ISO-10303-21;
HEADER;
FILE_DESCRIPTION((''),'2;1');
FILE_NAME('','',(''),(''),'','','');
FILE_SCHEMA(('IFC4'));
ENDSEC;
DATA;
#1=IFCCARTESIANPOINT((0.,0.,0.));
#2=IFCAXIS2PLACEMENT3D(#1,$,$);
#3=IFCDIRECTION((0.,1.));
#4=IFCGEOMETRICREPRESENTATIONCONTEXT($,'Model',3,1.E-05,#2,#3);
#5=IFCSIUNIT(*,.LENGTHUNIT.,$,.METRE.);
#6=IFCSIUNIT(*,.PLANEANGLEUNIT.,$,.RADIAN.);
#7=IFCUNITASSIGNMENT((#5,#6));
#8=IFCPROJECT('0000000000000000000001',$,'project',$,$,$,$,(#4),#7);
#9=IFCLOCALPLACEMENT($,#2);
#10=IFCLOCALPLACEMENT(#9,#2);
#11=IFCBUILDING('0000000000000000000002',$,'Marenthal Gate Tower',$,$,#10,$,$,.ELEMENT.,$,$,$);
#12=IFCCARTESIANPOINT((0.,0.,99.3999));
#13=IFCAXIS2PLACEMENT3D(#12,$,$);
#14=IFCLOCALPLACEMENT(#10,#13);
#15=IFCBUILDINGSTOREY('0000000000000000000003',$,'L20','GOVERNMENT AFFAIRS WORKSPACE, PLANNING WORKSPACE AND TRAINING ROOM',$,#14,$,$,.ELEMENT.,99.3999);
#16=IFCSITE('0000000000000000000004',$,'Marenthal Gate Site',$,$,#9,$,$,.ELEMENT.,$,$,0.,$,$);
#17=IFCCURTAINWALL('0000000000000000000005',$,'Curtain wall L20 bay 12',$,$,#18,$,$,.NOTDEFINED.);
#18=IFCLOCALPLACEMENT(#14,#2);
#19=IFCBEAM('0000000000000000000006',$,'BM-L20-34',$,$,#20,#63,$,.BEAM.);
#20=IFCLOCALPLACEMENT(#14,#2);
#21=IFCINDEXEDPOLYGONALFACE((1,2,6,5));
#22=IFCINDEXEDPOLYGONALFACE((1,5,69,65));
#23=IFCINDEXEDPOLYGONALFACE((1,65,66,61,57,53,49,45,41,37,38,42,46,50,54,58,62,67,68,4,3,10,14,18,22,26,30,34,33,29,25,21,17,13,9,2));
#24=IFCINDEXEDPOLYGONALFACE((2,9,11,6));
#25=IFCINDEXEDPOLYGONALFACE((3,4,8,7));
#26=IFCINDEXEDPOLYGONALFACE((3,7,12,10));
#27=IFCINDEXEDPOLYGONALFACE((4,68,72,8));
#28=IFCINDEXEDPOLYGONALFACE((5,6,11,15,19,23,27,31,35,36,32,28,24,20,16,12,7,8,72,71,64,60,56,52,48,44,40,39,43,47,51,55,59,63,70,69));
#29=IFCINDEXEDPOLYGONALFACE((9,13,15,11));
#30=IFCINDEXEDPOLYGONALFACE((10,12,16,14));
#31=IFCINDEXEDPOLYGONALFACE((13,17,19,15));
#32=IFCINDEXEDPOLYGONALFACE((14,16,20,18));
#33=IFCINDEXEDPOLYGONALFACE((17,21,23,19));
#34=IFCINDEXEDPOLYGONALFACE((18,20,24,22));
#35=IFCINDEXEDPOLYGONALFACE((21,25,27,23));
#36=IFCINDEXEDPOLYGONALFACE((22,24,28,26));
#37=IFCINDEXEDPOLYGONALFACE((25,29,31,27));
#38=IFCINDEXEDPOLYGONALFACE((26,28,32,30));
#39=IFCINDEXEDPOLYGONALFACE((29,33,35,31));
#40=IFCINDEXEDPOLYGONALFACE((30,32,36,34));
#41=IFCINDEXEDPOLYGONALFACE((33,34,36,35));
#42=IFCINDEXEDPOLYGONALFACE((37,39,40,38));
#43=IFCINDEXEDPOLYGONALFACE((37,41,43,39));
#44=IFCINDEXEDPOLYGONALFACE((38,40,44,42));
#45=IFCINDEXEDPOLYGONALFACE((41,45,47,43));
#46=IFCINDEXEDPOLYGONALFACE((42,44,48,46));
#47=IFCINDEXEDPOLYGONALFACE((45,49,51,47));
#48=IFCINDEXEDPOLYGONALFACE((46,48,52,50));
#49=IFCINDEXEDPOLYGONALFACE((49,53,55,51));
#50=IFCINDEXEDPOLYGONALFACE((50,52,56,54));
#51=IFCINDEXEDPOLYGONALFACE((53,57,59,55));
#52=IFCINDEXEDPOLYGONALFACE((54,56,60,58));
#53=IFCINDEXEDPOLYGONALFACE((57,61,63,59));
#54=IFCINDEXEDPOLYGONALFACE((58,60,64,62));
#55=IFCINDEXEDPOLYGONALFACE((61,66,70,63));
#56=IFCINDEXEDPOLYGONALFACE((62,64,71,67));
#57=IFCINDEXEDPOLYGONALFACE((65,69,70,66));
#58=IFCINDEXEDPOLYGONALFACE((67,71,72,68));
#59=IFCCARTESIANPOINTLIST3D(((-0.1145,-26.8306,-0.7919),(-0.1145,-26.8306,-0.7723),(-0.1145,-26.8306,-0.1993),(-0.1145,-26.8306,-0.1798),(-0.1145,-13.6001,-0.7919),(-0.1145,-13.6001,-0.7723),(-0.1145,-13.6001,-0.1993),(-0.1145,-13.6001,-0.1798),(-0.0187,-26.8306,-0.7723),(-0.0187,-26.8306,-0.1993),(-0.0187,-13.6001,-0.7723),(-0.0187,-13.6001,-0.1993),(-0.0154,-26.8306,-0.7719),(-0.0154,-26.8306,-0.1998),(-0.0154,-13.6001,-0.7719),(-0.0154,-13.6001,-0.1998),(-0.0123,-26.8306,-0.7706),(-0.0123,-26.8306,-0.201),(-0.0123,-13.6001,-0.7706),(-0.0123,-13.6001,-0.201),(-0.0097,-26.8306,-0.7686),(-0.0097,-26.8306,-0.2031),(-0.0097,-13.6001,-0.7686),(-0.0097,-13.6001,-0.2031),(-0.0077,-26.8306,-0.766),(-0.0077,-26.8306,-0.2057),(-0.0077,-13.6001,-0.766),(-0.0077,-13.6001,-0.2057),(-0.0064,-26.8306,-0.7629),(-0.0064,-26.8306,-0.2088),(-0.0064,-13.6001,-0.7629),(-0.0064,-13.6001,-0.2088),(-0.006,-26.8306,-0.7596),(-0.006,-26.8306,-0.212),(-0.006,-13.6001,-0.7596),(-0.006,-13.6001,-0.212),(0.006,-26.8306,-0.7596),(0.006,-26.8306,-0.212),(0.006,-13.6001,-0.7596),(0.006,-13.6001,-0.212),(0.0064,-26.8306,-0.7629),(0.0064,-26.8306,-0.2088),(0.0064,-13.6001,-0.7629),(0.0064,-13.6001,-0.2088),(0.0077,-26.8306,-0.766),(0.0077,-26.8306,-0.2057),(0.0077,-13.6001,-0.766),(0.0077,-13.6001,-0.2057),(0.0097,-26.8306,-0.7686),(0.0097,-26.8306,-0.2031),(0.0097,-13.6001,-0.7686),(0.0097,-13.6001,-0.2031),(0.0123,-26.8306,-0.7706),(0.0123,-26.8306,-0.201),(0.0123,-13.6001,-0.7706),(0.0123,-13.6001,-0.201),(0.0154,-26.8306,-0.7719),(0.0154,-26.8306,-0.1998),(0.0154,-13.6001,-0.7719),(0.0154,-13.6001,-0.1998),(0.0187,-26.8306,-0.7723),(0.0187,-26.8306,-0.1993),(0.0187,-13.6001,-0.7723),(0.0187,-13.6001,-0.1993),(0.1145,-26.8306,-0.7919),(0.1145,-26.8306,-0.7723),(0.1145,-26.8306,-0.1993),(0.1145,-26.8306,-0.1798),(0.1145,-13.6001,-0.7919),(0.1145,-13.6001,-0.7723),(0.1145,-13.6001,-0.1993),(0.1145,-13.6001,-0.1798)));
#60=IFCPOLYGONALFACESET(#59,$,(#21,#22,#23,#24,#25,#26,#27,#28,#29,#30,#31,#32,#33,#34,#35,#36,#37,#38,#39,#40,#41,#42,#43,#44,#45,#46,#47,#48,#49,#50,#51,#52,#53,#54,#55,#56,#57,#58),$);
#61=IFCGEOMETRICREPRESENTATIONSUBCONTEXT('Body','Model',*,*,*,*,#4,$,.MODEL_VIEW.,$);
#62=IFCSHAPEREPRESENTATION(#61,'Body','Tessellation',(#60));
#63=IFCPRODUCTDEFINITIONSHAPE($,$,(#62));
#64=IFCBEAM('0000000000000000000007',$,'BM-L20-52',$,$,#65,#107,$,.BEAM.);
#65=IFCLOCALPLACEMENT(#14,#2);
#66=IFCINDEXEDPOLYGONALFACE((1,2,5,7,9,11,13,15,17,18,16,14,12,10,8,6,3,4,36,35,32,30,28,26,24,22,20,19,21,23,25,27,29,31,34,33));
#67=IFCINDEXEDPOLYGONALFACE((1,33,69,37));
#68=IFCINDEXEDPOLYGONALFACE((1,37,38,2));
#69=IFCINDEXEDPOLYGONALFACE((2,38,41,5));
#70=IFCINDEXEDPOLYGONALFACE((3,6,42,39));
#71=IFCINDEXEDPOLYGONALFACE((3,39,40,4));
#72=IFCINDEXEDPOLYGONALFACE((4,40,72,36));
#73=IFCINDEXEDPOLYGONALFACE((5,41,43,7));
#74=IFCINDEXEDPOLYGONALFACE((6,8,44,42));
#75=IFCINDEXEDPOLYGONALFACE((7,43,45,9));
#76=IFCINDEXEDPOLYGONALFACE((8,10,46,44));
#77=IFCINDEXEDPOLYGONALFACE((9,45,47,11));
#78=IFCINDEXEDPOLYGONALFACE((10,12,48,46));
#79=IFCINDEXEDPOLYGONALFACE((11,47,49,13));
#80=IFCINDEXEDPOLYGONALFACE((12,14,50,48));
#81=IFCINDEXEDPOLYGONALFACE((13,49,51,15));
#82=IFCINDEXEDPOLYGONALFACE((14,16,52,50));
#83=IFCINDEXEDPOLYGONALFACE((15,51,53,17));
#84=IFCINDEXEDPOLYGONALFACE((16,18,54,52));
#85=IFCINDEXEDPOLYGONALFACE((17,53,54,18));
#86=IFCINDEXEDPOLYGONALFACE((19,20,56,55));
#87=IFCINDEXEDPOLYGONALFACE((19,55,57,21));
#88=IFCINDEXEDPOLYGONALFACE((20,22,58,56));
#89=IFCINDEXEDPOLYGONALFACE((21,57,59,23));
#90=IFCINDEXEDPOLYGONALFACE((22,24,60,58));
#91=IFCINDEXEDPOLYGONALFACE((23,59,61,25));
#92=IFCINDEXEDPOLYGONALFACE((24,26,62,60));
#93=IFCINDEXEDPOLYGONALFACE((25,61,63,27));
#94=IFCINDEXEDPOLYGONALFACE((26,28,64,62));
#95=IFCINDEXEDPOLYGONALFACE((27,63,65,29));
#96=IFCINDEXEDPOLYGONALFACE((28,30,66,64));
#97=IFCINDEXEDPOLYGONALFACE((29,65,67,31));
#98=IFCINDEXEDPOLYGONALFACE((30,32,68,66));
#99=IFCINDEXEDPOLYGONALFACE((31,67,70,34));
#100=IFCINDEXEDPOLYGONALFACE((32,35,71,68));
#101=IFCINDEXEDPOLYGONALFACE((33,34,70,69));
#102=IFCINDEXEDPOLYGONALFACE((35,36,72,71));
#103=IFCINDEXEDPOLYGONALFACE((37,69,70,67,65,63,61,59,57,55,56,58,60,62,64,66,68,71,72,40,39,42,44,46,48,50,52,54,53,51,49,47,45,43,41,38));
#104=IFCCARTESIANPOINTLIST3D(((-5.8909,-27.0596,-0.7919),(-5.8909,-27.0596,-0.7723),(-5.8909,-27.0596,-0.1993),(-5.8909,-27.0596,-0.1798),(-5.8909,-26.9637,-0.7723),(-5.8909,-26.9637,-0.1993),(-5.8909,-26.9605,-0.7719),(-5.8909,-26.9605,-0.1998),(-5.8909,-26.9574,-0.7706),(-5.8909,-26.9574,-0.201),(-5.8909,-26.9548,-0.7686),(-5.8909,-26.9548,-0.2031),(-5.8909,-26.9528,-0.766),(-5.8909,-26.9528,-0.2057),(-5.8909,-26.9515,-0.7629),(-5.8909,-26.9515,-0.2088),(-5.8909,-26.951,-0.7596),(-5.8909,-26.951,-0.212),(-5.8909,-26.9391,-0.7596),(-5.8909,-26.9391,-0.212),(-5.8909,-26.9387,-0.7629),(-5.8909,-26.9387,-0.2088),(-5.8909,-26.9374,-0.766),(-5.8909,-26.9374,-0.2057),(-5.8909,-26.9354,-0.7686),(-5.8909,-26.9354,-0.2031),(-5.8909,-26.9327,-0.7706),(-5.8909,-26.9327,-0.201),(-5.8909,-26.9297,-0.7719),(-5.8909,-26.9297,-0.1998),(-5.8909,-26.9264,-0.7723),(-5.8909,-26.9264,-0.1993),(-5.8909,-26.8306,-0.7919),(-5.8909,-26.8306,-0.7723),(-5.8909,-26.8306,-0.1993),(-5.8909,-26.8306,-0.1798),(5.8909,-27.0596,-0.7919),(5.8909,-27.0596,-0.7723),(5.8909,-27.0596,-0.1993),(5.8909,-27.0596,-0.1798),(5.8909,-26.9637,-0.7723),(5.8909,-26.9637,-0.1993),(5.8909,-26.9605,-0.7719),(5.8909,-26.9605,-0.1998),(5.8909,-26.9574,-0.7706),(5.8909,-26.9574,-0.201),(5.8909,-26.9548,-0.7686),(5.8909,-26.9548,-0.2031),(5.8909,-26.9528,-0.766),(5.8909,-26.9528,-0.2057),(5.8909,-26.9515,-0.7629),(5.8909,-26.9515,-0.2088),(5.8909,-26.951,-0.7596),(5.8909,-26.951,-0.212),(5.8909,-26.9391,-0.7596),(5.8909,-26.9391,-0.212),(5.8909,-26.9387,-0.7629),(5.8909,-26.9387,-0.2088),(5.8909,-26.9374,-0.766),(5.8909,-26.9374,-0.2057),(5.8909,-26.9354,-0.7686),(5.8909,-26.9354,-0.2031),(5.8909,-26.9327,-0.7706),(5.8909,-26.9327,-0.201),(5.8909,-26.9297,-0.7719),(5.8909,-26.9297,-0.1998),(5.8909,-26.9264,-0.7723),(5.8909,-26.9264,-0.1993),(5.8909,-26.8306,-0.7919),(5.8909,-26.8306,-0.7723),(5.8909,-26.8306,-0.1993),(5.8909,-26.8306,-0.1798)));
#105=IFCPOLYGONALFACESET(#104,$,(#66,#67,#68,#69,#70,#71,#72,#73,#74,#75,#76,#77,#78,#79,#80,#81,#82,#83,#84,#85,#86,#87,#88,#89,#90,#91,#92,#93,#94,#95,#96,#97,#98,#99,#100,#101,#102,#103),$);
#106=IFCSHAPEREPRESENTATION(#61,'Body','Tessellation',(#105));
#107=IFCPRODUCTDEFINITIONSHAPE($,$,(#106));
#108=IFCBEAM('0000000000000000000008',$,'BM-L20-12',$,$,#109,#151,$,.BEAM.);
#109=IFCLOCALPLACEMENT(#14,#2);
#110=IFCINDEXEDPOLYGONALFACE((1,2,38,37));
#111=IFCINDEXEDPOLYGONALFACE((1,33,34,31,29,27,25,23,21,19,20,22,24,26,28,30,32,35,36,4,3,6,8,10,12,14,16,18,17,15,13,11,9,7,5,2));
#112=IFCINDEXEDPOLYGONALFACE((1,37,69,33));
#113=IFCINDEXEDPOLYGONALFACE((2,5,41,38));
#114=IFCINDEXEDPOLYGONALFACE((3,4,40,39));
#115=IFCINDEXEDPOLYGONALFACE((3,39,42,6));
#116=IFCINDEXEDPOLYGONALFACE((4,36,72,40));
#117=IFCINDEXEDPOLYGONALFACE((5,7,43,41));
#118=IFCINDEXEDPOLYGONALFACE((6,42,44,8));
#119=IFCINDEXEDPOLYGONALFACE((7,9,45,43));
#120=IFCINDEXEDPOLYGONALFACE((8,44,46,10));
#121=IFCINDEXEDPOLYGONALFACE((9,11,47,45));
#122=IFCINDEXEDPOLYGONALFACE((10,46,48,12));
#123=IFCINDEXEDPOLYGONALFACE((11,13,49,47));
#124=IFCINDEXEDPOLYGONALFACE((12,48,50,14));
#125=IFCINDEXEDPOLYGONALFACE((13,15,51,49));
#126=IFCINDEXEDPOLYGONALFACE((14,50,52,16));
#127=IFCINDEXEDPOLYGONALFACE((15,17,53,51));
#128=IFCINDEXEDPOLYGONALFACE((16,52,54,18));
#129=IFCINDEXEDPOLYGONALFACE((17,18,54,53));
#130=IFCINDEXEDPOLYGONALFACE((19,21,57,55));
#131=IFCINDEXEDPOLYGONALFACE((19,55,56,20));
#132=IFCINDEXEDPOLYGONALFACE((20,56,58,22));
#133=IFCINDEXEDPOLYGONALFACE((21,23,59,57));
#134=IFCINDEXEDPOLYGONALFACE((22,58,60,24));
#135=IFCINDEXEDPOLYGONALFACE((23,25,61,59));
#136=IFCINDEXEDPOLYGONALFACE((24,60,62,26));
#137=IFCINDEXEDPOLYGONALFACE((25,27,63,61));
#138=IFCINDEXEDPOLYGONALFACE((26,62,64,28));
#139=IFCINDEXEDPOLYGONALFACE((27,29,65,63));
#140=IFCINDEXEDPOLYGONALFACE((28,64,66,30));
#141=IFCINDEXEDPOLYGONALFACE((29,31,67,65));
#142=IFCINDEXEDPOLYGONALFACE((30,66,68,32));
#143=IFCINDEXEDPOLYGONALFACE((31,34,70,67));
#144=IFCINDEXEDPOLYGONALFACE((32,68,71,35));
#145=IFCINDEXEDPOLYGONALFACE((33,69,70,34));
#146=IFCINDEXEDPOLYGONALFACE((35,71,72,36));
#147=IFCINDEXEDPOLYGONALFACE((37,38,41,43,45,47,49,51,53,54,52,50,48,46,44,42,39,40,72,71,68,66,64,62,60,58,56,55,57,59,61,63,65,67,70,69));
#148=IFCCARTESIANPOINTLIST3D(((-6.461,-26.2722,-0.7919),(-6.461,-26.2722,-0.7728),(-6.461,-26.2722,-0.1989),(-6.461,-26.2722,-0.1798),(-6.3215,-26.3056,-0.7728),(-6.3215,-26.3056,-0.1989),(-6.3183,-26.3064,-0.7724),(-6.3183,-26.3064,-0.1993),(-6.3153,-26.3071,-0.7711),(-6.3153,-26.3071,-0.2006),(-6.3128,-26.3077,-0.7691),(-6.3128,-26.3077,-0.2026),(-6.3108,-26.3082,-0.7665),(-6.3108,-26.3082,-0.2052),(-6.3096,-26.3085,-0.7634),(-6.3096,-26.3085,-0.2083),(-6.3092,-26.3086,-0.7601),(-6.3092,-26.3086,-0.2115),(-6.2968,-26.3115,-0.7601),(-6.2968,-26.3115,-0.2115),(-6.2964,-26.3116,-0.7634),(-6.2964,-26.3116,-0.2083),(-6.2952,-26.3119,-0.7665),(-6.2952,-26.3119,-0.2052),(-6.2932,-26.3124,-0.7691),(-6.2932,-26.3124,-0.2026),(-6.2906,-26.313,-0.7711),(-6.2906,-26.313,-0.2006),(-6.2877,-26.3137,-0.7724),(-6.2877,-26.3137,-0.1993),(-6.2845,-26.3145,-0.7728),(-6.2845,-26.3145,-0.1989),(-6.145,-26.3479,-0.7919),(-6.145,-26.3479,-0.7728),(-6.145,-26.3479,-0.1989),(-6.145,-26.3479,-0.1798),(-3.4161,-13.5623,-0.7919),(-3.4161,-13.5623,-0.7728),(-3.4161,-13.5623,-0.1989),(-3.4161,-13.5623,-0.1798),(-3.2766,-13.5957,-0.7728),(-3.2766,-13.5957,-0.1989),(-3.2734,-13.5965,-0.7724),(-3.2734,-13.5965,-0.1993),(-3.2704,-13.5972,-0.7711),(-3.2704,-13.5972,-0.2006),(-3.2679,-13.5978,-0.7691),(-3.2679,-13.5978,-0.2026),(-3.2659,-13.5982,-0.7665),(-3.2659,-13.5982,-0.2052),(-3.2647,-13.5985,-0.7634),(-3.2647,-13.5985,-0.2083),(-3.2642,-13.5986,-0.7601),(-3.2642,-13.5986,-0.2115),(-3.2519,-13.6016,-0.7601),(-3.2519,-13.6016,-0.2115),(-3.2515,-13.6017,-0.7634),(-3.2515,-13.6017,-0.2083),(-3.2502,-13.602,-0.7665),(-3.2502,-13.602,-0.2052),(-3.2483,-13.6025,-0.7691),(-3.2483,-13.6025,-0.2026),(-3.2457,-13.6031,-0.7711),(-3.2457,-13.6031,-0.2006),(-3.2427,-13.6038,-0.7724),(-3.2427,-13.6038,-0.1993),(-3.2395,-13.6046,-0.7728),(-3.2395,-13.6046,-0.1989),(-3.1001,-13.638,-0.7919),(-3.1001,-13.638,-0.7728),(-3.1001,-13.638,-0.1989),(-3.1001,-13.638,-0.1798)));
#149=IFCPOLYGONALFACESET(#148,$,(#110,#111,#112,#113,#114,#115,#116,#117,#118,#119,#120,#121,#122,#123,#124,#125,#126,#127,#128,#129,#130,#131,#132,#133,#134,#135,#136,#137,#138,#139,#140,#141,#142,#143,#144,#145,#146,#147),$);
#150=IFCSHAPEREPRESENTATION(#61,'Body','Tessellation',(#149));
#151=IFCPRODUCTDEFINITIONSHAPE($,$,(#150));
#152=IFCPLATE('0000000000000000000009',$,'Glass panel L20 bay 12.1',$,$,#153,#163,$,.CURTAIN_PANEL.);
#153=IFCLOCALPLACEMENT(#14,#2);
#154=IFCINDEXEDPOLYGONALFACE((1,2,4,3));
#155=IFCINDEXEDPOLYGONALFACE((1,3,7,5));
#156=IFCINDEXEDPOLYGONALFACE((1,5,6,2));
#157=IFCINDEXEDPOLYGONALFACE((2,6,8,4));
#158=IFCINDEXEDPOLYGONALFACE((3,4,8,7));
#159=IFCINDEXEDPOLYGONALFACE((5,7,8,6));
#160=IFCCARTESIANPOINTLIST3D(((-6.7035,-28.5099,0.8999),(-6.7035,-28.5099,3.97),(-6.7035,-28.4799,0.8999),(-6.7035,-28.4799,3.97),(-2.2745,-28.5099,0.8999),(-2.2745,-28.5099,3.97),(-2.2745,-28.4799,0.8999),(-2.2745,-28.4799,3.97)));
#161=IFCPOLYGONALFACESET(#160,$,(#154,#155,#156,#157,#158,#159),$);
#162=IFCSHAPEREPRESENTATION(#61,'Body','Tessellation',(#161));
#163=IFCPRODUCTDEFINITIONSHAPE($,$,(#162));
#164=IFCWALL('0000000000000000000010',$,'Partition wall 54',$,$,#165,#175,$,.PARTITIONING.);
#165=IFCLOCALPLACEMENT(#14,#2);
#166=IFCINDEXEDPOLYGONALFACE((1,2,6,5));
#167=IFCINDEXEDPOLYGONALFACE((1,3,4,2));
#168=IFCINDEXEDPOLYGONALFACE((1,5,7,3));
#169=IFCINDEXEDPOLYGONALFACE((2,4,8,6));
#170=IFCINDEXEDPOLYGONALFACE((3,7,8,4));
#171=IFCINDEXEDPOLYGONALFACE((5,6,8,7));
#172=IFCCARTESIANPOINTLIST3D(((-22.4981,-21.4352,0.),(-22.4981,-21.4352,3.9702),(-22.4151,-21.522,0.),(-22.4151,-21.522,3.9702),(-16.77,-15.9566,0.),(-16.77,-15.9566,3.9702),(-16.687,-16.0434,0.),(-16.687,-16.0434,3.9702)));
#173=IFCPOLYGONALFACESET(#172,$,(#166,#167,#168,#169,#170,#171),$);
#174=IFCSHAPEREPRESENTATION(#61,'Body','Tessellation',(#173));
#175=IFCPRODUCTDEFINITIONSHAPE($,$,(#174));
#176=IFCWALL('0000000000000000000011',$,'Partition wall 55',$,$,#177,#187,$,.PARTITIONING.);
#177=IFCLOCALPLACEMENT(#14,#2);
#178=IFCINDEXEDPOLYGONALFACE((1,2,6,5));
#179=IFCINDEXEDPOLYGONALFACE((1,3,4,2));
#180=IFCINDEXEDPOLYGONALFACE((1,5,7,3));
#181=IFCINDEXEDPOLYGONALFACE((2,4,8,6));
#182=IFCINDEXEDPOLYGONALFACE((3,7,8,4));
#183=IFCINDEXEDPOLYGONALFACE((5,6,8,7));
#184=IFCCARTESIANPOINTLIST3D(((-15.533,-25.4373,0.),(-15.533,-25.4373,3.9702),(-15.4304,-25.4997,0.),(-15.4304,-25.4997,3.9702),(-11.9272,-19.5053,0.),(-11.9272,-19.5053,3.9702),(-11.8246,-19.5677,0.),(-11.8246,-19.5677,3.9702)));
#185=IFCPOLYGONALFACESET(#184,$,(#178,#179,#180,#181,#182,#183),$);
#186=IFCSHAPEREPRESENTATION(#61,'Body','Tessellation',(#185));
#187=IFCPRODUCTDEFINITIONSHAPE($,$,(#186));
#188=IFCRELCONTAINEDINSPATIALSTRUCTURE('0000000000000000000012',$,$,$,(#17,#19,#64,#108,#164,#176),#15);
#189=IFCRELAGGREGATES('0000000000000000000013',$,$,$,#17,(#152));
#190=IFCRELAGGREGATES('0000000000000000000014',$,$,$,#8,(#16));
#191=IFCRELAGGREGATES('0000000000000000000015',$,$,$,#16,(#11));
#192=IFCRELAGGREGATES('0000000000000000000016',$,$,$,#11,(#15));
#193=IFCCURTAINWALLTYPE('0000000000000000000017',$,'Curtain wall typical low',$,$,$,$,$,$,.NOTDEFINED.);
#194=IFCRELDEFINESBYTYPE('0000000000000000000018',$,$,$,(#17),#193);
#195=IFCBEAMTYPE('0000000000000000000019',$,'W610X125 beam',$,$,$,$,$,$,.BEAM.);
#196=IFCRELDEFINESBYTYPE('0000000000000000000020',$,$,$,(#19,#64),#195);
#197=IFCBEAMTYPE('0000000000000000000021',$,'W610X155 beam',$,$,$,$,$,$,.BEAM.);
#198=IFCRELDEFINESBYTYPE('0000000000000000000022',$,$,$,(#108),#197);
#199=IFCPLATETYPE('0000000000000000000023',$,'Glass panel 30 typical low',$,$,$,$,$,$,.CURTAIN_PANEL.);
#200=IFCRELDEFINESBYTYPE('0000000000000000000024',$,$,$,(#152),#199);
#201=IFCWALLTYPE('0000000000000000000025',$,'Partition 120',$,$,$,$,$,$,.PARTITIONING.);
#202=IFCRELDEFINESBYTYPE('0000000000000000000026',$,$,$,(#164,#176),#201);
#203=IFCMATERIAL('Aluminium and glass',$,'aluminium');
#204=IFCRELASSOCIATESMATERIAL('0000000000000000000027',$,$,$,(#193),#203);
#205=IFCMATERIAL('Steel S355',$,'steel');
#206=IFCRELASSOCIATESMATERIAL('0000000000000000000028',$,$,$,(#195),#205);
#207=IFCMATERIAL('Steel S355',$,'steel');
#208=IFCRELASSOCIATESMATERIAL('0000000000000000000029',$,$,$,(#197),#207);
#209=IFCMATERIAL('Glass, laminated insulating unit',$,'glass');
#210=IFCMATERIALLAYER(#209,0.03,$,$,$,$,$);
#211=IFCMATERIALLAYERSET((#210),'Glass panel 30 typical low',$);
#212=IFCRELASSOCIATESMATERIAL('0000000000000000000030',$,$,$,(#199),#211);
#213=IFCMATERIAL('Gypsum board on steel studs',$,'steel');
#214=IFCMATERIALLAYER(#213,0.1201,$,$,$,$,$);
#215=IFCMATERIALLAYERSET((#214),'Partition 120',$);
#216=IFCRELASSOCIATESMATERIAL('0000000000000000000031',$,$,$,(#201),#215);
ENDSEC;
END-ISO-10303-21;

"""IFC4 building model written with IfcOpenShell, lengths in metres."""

from ifc_helpers import new_model, si_unit, direction, frame, frame_2d, origin, origin_2d, place, context, subcontext, project, spatial, rectangle, i_section, extrude, material, layer, layer_set, material_profile, profile_set, type_object, element, aggregate, save


model = new_model("IFC4")

# Units and contexts
model_context = context("Model", 3, precision=1e-05, world=origin(), true_north=direction((0.0, 1.0)))
body_context = subcontext(model_context, "Body", "Model", "MODEL_VIEW")
ifc_project = project(units=[si_unit("LENGTHUNIT", "METRE"), si_unit("PLANEANGLEUNIT", "RADIAN")], contexts=[model_context])

# Site, building, storey
site_placement = place(None, origin())
site = spatial("IfcSite", under=ifc_project, at=site_placement, Name="Marenthal Gate Site", CompositionType="ELEMENT", RefElevation=0.0)
building_placement = place(site_placement, origin())
building = spatial("IfcBuilding", under=site, at=building_placement, Name="Marenthal Gate Tower", CompositionType="ELEMENT")
storey_placement = place(building_placement, frame((0.0, 0.0, 99.3999)))
storey = spatial("IfcBuildingStorey", under=building, at=storey_placement, Name="L20", Description="GOVERNMENT AFFAIRS WORKSPACE, PLANNING WORKSPACE AND TRAINING ROOM", CompositionType="ELEMENT", Elevation=99.3999)

# Curtain wall
ifc_material_1 = material(Name="Aluminium and glass", Category="aluminium")
curtain_wall_type = type_object("IfcCurtainWallType", Name="Curtain wall typical low", PredefinedType="NOTDEFINED", material=ifc_material_1)
curtain_wall_placement = place(storey_placement, origin())
curtain_wall = element("IfcCurtainWall", 1, at=curtain_wall_placement, inside=storey, type_object=curtain_wall_type, Name="Curtain wall L20 bay 12", PredefinedType="NOTDEFINED")

# Beams
ifc_material_2 = material(Name="Steel S355", Category="steel")
ifc_material_profile_1 = material_profile(ifc_material_2, i_section(OverallWidth=0.229, OverallDepth=0.6121, WebThickness=0.012, FlangeThickness=0.0195, FilletRadius=0.0127, at=origin_2d()), Name="W610X125")
ifc_profile_set_1 = profile_set([ifc_material_profile_1], Name="Steel S355")
beam_type_1 = type_object("IfcBeamType", Name="W610X125 beam", PredefinedType="BEAM", material=ifc_profile_set_1)
beam_1_placement = place(storey_placement, frame((0.0, -26.8306, -0.4858), z_axis=(0.0, 1.0, 0.0), x_axis=(-1.0, 0.0, 0.0)))
element("IfcBeam", 2, at=beam_1_placement, inside=storey, type_object=beam_type_1, Name="BM-L20-34", PredefinedType="BEAM", context=body_context, shape_type="SweptSolid", body=[
    extrude(i_section(OverallWidth=0.229, OverallDepth=0.6121, WebThickness=0.012, FlangeThickness=0.0195, FilletRadius=0.0127, at=origin_2d()), origin(), (0.0, 0.0, 1.0), 13.2305),
])
beam_2_placement = place(storey_placement, frame((-5.8909, -26.9451, -0.4858), z_axis=(1.0, 0.0, 0.0), x_axis=(0.0, 1.0, 0.0)))
element("IfcBeam", 3, at=beam_2_placement, inside=storey, type_object=beam_type_1, Name="BM-L20-52", PredefinedType="BEAM", context=body_context, shape_type="SweptSolid", body=[
    extrude(i_section(OverallWidth=0.229, OverallDepth=0.6121, WebThickness=0.012, FlangeThickness=0.0195, FilletRadius=0.0127, at=origin_2d()), origin(), (0.0, 0.0, 1.0), 11.7817),
])
ifc_material_3 = material(Name="Steel S355", Category="steel")
ifc_material_profile_2 = material_profile(ifc_material_3, i_section(OverallWidth=0.325, OverallDepth=0.6121, WebThickness=0.0127, FlangeThickness=0.019, FilletRadius=0.0127, at=origin_2d()), Name="W610X155")
ifc_profile_set_2 = profile_set([ifc_material_profile_2], Name="Steel S355")
beam_type_2 = type_object("IfcBeamType", Name="W610X155 beam", PredefinedType="BEAM", material=ifc_profile_set_2)
beam_3_placement = place(storey_placement, frame((-6.303, -26.3101, -0.4858), z_axis=(0.232977, 0.972482, 0.0), x_axis=(-0.972482, 0.232977, 0.0)))
element("IfcBeam", 4, at=beam_3_placement, inside=storey, type_object=beam_type_2, Name="BM-L20-12", PredefinedType="BEAM", context=body_context, shape_type="SweptSolid", body=[
    extrude(i_section(OverallWidth=0.325, OverallDepth=0.6121, WebThickness=0.0127, FlangeThickness=0.019, FilletRadius=0.0127, at=origin_2d()), origin(), (0.0, 0.0, 1.0), 13.0696),
])

# Plate
ifc_material_4 = material(Name="Glass, laminated insulating unit", Category="glass")
ifc_layer_1 = layer(ifc_material_4, 0.03)
ifc_layer_set_1 = layer_set([ifc_layer_1], Name="Glass panel 30 typical low")
plate_type = type_object("IfcPlateType", Name="Glass panel 30 typical low", PredefinedType="CURTAIN_PANEL", material=ifc_layer_set_1)
plate_placement = place(storey_placement, frame((-4.489, -28.4949, 0.8999), z_axis=(0.0, 0.0, 1.0), x_axis=(1.0, 0.0, 0.0)))
plate = element("IfcPlate", 5, at=plate_placement, type_object=plate_type, Name="Glass panel L20 bay 12.1", PredefinedType="CURTAIN_PANEL", context=body_context, shape_type="SweptSolid", body=[
    extrude(rectangle(XDim=4.429, YDim=0.03, at=origin_2d()), origin(), (0.0, 0.0, 1.0), 3.0701),
])
aggregate(curtain_wall, [plate])

# Walls
ifc_material_5 = material(Name="Gypsum board on steel studs", Category="steel")
ifc_layer_2 = layer(ifc_material_5, 0.1201)
ifc_layer_set_2 = layer_set([ifc_layer_2], Name="Partition 120")
wall_type = type_object("IfcWallType", Name="Partition 120", PredefinedType="PARTITIONING", material=ifc_layer_set_2)
wall_1_placement = place(storey_placement, frame((-16.7285, -16.0, 0.0), z_axis=(0.0, 0.0, 1.0), x_axis=(-0.722671, -0.691192, 0.0)))
element("IfcWall", 6, at=wall_1_placement, inside=storey, type_object=wall_type, Name="Partition wall 54", PredefinedType="PARTITIONING", context=body_context, shape_type="SweptSolid", body=[
    extrude(rectangle(XDim=7.9263, YDim=0.1201, at=frame_2d((3.9631, 0.0))), origin(), (0.0, 0.0, 1.0), 3.9702),
])
wall_2_placement = place(storey_placement, frame((-15.4817, -25.4685, 0.0), z_axis=(0.0, 0.0, 1.0), x_axis=(0.519421, 0.854518, 0.0)))
element("IfcWall", 7, at=wall_2_placement, inside=storey, type_object=wall_type, Name="Partition wall 55", PredefinedType="PARTITIONING", context=body_context, shape_type="SweptSolid", body=[
    extrude(rectangle(XDim=6.9419, YDim=0.1201, at=frame_2d((3.4709, 0.0))), origin(), (0.0, 0.0, 1.0), 3.9702),
])

save(model, "model.ifc")
